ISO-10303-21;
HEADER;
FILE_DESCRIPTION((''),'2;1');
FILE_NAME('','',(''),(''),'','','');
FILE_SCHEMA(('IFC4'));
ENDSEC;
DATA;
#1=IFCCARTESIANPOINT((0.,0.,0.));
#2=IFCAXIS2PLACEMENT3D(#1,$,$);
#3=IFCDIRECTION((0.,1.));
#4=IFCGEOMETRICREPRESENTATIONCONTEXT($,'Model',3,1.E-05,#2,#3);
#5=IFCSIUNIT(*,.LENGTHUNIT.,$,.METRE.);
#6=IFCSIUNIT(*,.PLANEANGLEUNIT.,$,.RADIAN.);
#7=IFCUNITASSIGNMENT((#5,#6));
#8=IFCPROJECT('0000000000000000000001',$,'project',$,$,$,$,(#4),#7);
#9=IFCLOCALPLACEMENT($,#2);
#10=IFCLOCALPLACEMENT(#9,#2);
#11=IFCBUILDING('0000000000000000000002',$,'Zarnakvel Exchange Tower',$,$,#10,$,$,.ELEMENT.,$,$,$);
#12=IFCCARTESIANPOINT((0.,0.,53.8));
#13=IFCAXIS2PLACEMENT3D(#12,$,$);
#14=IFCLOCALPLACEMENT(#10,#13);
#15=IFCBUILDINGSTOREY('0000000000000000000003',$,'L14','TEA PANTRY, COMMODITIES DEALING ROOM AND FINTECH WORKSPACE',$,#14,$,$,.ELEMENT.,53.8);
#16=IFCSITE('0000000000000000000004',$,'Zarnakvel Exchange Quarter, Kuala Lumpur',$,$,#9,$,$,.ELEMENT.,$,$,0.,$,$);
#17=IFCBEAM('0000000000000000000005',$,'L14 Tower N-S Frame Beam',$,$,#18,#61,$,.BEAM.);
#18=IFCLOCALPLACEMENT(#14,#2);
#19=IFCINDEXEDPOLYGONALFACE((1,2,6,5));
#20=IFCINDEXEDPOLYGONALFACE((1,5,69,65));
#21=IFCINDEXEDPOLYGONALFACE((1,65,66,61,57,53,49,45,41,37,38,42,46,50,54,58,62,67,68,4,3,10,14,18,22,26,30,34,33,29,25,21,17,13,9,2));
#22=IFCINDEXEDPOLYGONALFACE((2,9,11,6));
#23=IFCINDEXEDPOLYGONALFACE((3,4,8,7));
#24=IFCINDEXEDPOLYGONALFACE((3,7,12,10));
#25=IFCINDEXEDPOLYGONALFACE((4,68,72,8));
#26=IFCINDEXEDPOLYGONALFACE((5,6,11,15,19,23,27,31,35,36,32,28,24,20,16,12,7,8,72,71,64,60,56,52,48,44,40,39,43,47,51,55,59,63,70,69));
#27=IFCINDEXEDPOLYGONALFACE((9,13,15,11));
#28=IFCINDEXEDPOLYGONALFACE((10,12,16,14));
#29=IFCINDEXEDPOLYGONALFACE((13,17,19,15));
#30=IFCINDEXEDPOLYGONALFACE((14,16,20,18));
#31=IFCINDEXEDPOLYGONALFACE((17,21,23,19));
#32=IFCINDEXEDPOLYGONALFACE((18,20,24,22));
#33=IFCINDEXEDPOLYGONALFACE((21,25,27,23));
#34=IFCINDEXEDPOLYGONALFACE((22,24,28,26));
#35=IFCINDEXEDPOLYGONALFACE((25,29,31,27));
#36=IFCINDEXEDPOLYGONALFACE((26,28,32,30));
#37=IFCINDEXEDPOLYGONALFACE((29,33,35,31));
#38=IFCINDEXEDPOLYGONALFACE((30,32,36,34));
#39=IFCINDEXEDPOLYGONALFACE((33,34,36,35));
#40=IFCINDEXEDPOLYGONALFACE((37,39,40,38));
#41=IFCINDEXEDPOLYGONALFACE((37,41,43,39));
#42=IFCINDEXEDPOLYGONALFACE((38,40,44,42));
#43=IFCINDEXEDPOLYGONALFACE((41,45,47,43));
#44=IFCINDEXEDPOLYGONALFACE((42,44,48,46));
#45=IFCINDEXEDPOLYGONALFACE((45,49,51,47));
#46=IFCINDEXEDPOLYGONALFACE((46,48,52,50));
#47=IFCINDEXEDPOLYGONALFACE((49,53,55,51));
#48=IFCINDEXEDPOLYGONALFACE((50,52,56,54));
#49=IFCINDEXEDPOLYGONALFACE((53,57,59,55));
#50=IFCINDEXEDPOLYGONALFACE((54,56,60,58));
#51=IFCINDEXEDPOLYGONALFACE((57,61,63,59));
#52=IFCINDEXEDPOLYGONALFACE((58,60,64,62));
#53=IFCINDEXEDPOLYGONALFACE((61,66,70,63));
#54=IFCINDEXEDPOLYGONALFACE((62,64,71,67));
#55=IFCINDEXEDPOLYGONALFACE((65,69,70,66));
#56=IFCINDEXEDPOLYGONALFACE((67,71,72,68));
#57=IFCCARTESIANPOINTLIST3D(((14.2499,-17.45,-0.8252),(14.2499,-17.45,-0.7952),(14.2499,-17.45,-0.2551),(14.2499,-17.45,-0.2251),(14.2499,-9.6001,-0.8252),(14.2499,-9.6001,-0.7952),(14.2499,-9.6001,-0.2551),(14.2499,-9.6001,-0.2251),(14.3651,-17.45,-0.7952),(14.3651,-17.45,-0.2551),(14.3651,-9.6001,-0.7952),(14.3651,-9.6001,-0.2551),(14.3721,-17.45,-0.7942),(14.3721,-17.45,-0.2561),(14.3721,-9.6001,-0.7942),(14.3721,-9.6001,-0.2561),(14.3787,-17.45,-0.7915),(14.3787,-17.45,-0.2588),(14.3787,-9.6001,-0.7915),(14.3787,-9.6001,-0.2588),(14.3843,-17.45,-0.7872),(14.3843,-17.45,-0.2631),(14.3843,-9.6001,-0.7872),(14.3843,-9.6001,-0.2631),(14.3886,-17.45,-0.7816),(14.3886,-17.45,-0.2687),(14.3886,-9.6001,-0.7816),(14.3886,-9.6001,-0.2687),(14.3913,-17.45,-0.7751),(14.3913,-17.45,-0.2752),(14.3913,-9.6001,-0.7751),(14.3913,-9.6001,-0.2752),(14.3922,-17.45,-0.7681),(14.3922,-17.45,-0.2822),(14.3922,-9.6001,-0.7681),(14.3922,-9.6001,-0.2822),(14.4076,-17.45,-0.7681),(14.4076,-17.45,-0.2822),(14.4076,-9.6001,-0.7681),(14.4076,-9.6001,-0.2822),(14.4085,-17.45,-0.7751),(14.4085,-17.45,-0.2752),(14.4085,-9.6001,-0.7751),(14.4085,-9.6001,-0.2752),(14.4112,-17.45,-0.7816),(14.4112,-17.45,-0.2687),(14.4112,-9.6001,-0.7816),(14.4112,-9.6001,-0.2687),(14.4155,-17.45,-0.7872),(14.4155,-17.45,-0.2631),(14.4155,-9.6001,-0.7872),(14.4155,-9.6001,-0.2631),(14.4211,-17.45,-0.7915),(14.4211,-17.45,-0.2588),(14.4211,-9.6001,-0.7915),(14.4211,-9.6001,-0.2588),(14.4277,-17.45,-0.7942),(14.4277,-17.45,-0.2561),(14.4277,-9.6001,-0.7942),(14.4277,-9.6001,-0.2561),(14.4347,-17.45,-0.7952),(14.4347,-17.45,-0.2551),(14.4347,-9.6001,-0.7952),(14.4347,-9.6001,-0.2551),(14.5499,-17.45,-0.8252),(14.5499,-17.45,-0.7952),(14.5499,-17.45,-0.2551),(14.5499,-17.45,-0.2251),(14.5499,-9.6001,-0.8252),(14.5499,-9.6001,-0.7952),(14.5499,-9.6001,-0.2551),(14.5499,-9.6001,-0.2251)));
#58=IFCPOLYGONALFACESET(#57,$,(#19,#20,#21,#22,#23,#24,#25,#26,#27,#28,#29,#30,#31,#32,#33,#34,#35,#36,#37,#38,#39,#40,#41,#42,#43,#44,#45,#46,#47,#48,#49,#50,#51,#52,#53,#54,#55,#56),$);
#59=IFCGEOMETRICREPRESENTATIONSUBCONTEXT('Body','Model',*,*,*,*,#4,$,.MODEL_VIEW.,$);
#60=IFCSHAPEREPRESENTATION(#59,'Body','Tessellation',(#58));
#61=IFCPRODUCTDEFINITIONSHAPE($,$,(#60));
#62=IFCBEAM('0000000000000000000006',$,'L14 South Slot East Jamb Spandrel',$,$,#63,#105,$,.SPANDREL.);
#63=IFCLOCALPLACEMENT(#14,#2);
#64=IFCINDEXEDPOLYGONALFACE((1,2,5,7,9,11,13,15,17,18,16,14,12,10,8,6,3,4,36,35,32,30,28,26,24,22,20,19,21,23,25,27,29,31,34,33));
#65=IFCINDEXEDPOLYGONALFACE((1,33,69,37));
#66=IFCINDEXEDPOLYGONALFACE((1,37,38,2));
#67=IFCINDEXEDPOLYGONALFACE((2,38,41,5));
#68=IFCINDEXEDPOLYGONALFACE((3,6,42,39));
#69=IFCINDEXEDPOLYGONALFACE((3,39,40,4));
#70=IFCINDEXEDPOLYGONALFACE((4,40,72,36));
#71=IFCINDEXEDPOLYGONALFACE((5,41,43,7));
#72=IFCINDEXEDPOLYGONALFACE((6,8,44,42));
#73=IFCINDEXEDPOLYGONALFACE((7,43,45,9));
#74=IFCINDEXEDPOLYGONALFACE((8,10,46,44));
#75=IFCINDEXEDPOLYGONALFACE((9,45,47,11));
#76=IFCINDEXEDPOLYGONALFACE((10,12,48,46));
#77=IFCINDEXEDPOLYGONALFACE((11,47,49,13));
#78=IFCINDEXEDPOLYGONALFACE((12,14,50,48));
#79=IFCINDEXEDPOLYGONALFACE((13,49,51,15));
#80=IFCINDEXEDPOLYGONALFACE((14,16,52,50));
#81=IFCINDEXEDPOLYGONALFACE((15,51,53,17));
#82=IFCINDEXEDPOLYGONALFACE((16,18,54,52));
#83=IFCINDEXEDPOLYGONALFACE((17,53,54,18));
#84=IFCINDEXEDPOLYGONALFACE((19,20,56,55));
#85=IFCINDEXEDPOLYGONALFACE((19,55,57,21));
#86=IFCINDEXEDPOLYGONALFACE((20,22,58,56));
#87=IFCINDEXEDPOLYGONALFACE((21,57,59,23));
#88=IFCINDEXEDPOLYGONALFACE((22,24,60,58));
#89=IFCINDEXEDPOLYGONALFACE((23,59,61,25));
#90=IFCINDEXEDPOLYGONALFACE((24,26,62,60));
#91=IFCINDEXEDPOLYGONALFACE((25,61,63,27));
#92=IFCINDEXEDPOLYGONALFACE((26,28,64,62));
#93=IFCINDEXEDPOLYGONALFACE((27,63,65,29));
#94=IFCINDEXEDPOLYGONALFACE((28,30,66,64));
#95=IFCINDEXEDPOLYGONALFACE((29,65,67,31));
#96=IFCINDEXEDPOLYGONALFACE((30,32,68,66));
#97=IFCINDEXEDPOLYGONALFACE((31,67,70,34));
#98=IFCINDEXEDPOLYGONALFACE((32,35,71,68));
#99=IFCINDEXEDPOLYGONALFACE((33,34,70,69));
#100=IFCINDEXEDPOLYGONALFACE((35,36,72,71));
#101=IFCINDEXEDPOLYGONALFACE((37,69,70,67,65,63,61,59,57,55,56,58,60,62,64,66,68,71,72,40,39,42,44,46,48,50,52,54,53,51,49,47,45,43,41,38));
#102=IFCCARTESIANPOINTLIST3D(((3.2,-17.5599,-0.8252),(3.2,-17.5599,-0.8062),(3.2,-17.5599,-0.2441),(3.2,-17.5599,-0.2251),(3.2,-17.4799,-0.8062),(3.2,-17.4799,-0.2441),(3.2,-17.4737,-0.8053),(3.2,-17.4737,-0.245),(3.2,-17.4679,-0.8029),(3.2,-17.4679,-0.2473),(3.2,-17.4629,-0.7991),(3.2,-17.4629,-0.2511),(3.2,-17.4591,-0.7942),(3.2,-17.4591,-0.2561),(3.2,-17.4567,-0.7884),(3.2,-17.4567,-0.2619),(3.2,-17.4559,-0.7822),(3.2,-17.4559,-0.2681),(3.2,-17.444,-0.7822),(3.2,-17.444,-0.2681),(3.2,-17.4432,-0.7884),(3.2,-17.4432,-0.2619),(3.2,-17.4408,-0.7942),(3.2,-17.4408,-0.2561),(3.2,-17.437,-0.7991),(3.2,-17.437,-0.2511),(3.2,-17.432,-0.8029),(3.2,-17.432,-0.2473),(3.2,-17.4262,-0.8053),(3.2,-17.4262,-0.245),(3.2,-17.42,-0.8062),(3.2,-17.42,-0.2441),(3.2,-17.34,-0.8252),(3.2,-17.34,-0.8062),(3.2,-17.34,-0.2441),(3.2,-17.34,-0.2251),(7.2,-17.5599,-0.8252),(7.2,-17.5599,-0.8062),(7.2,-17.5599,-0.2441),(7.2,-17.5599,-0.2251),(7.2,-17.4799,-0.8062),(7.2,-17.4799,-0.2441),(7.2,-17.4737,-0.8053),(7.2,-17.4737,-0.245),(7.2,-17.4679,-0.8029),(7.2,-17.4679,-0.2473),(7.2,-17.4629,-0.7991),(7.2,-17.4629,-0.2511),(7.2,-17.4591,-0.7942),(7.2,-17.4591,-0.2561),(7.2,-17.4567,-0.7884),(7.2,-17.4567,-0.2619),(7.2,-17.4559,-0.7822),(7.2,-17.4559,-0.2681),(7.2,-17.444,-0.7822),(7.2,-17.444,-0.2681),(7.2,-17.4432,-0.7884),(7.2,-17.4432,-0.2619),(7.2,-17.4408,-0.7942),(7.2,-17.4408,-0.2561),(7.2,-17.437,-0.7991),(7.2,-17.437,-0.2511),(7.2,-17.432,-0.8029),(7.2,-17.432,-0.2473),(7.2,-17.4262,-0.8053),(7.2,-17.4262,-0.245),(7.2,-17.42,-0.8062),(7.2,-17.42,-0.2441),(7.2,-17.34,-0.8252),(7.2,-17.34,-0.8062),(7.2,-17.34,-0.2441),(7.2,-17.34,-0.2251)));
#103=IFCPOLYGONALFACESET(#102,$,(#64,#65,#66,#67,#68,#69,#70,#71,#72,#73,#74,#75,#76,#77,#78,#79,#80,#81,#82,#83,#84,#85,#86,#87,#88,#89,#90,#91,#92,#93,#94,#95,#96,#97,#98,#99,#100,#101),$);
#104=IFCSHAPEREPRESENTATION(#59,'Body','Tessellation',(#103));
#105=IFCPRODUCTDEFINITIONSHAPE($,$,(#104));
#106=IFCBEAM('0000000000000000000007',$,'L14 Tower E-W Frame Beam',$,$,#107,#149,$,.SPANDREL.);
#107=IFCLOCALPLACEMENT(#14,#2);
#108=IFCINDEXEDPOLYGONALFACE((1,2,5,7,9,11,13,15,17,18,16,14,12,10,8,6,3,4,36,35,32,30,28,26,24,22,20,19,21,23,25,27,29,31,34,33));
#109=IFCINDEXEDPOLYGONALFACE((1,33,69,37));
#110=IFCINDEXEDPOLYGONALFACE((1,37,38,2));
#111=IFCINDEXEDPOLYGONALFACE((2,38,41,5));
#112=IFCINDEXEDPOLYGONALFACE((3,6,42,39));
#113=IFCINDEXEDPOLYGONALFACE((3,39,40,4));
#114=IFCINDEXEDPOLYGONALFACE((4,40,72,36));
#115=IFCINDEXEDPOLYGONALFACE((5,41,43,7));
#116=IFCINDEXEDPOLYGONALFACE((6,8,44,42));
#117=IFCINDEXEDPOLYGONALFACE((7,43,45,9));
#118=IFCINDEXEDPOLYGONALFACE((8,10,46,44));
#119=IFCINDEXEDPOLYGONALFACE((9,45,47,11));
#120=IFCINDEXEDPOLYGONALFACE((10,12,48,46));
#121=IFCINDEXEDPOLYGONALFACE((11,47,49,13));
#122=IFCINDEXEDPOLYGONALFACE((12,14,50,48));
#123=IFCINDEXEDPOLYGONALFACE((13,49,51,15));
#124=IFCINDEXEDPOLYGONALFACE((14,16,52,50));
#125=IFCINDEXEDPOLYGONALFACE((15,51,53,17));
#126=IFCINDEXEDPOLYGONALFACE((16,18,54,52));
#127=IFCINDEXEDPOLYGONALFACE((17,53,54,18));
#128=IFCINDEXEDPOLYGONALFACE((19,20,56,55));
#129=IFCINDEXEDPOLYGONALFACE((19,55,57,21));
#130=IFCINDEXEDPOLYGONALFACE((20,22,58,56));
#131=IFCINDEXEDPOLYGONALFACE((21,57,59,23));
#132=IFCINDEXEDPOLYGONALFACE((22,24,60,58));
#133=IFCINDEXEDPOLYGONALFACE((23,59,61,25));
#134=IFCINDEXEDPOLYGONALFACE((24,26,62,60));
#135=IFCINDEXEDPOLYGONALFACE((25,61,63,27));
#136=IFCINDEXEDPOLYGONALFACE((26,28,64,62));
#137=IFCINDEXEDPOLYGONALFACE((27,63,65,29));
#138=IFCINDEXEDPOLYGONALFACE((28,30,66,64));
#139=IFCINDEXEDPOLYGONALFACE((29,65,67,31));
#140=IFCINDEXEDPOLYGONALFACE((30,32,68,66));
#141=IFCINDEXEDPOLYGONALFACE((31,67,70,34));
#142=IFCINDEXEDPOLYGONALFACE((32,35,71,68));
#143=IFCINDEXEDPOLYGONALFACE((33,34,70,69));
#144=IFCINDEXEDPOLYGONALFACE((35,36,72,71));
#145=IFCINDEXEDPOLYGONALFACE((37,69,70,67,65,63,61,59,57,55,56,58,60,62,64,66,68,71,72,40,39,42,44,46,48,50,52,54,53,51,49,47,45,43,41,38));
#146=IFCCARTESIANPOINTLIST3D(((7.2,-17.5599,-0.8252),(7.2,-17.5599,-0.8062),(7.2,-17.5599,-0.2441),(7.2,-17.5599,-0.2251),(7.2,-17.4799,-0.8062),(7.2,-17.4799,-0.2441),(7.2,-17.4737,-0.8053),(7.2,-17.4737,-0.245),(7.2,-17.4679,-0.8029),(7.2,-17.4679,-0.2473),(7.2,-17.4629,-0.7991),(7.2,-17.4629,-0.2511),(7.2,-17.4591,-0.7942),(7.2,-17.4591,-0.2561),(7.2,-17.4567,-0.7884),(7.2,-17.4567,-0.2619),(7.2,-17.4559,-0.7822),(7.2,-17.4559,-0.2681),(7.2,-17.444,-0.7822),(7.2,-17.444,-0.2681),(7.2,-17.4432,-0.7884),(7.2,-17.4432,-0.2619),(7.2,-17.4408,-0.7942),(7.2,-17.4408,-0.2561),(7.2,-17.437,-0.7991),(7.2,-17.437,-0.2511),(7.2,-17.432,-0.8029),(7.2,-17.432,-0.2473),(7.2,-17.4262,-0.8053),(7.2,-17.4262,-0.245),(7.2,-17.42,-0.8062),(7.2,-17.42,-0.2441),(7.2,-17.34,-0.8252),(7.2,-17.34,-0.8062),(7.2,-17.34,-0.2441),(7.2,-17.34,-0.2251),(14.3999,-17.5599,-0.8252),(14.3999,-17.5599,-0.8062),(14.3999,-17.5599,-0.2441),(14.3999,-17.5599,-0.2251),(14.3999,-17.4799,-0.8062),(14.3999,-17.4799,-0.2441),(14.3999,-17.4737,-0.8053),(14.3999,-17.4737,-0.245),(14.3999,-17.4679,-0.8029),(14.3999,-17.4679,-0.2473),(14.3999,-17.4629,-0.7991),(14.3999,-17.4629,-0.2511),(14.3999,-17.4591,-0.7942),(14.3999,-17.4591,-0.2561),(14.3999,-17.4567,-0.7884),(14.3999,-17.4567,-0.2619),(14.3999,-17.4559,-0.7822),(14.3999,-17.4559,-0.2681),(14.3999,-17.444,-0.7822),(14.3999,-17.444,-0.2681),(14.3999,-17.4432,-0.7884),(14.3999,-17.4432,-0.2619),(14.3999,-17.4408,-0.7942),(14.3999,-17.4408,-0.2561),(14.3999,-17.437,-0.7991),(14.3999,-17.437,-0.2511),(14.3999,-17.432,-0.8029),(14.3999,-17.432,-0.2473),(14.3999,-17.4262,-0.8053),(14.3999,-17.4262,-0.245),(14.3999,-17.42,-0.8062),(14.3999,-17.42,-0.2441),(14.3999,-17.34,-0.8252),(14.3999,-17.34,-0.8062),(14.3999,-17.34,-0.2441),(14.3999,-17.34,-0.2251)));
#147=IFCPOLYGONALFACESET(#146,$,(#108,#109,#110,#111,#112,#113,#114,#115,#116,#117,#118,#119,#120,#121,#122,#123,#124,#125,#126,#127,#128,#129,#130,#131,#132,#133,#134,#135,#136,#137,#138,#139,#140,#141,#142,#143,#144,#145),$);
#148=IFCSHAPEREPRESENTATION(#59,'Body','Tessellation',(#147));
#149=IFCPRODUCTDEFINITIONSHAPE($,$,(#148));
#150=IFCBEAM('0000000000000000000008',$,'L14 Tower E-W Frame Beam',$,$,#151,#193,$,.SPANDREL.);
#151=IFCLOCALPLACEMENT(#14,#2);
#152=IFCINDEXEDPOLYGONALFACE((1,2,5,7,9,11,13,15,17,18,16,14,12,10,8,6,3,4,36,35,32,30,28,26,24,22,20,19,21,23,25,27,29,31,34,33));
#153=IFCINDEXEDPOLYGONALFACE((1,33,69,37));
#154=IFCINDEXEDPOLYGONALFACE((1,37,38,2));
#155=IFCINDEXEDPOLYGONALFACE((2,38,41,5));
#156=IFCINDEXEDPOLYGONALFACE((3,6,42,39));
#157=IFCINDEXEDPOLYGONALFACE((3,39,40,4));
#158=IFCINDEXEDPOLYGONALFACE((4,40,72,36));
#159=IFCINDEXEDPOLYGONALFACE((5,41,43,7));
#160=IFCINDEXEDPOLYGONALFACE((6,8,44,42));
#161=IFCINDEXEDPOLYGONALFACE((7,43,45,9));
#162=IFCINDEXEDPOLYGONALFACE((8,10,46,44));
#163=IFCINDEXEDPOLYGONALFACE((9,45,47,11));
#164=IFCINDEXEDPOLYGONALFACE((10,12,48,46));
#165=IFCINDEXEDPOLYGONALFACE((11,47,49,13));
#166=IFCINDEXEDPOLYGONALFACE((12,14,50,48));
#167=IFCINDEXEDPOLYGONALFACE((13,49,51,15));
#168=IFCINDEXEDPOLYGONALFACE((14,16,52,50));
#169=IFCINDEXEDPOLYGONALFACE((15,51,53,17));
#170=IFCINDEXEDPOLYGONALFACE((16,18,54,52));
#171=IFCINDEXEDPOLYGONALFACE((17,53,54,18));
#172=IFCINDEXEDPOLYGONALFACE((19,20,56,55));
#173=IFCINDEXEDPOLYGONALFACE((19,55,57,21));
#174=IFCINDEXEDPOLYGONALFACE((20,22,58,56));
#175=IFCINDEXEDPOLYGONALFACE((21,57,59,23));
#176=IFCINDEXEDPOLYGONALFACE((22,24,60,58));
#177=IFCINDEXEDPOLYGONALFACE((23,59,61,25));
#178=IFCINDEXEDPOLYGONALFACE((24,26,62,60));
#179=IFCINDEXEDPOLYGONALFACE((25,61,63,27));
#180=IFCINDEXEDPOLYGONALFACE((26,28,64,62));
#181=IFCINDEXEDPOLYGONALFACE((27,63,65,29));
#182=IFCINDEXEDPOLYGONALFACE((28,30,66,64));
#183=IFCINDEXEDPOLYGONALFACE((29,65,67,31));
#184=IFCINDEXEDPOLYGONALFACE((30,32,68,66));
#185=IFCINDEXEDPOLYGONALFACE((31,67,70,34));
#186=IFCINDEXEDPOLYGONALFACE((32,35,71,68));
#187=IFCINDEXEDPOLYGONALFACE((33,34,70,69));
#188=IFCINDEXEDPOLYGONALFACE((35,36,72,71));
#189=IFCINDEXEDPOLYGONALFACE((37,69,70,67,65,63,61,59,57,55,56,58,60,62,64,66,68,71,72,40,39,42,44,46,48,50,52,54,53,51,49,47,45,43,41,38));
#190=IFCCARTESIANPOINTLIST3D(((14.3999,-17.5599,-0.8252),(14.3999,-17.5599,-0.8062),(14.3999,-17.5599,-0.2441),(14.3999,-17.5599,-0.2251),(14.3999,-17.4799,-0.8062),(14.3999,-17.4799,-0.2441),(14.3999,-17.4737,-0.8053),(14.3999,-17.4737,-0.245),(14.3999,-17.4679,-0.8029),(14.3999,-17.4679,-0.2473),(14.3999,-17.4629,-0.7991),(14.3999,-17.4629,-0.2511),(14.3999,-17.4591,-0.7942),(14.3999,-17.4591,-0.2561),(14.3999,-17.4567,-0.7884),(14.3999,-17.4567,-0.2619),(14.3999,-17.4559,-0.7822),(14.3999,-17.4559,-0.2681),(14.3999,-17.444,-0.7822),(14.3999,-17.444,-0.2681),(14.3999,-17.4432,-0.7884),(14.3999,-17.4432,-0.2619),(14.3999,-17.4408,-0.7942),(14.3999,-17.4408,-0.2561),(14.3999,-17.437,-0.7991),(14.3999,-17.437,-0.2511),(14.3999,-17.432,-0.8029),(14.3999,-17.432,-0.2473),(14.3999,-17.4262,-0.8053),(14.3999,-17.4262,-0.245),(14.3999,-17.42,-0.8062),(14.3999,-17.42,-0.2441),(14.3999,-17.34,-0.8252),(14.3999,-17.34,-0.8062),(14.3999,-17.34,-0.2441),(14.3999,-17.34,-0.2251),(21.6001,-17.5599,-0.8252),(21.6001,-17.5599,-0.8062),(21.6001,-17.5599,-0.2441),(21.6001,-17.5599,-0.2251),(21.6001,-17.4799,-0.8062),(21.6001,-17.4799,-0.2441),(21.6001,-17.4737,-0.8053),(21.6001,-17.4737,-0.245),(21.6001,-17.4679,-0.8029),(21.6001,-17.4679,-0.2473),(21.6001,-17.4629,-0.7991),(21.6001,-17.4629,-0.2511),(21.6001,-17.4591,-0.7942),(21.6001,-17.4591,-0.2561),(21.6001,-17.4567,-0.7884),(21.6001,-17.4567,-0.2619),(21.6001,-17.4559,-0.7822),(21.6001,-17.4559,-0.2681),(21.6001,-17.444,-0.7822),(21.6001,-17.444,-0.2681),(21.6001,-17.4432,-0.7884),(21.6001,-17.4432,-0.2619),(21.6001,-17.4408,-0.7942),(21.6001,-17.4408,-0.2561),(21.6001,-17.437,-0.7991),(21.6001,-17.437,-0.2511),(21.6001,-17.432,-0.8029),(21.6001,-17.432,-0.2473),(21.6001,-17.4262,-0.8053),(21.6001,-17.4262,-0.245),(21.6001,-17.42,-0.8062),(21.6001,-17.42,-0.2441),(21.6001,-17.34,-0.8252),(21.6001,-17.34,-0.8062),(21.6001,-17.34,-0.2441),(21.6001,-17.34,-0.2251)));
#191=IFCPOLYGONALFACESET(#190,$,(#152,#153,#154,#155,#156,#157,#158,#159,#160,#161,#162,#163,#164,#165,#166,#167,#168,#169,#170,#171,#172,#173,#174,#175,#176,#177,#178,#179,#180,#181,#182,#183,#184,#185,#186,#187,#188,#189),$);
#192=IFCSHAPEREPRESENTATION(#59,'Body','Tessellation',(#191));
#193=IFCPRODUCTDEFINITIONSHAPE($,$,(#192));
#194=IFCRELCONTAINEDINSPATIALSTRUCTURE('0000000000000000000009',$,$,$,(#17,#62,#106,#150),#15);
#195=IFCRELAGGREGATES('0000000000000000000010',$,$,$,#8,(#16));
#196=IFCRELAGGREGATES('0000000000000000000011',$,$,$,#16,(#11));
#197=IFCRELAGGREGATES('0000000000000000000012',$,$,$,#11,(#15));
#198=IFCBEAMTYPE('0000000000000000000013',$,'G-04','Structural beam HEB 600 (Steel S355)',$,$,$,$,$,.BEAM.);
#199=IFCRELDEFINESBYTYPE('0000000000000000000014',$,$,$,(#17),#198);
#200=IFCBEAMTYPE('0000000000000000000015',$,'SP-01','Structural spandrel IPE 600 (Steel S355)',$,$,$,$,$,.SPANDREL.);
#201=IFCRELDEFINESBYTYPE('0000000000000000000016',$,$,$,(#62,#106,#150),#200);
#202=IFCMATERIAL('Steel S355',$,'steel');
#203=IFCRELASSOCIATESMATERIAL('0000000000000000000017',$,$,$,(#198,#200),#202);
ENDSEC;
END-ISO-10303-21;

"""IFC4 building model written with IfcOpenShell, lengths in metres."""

from ifc_helpers import new_model, si_unit, direction, frame, origin, origin_2d, place, context, subcontext, project, spatial, i_section, extrude, material, material_profile, profile_set, type_object, element, save


model = new_model("IFC4")

# Units and contexts
model_context = context("Model", 3, precision=1e-05, world=origin(), true_north=direction((0.0, 1.0)))
body_context = subcontext(model_context, "Body", "Model", "MODEL_VIEW")
ifc_project = project(units=[si_unit("LENGTHUNIT", "METRE"), si_unit("PLANEANGLEUNIT", "RADIAN")], contexts=[model_context])

# Site, building, storey
site_placement = place(None, origin())
site = spatial("IfcSite", under=ifc_project, at=site_placement, Name="Zarnakvel Exchange Quarter, Kuala Lumpur", CompositionType="ELEMENT", RefElevation=0.0)
building_placement = place(site_placement, origin())
building = spatial("IfcBuilding", under=site, at=building_placement, Name="Zarnakvel Exchange Tower", CompositionType="ELEMENT")
storey_placement = place(building_placement, frame((0.0, 0.0, 53.8)))
storey = spatial("IfcBuildingStorey", under=building, at=storey_placement, Name="L14", Description="TEA PANTRY, COMMODITIES DEALING ROOM AND FINTECH WORKSPACE", CompositionType="ELEMENT", Elevation=53.8)

# Beams
ifc_material_1 = material(Name="Steel S355", Category="steel")
ifc_material_profile_1 = material_profile(ifc_material_1, i_section(OverallWidth=0.3, OverallDepth=0.6001, WebThickness=0.0154, FlangeThickness=0.03, FilletRadius=0.0271, at=origin_2d()))
ifc_profile_set_1 = profile_set([ifc_material_profile_1], Name="Steel S355")
beam_type_1 = type_object("IfcBeamType", Name="G-04", Description="Structural beam HEB 600 (Steel S355)", PredefinedType="BEAM", material=ifc_profile_set_1)
for number, where, z_axis, x_axis, name in (
    (1, (14.3999, -17.45, -0.5251), (0.0, 1.0, 0.0), (-1.0, 0.0, 0.0), "L14 Tower N-S Frame Beam"),
):
    element("IfcBeam", number, at=place(storey_placement, frame(where, z_axis=z_axis, x_axis=x_axis)), inside=storey, type_object=beam_type_1, Name=name, PredefinedType="BEAM", context=body_context, shape_type="SweptSolid", body=[
        extrude(i_section(OverallWidth=0.3, OverallDepth=0.6001, WebThickness=0.0154, FlangeThickness=0.03, FilletRadius=0.0271, at=origin_2d()), origin(), (0.0, 0.0, 1.0), 7.8499),
    ])
ifc_material_profile_2 = material_profile(ifc_material_1, i_section(OverallWidth=0.22, OverallDepth=0.6001, WebThickness=0.012, FlangeThickness=0.019, FilletRadius=0.0239, at=origin_2d()))
ifc_profile_set_2 = profile_set([ifc_material_profile_2], Name="Steel S355")
beam_type_2 = type_object("IfcBeamType", Name="SP-01", Description="Structural spandrel IPE 600 (Steel S355)", PredefinedType="SPANDREL", material=ifc_profile_set_2)
beam_1_placement = place(storey_placement, frame((3.2, -17.45, -0.5251), z_axis=(1.0, 0.0, 0.0), x_axis=(0.0, 1.0, 0.0)))
element("IfcBeam", 2, at=beam_1_placement, inside=storey, type_object=beam_type_2, Name="L14 South Slot East Jamb Spandrel", PredefinedType="SPANDREL", context=body_context, shape_type="SweptSolid", body=[
    extrude(i_section(OverallWidth=0.22, OverallDepth=0.6001, WebThickness=0.012, FlangeThickness=0.019, FilletRadius=0.0239, at=origin_2d()), origin(), (0.0, 0.0, 1.0), 4.0),
])
beam_2_placement = place(storey_placement, frame((7.2, -17.45, -0.5251), z_axis=(1.0, 0.0, 0.0), x_axis=(0.0, 1.0, 0.0)))
element("IfcBeam", 3, at=beam_2_placement, inside=storey, type_object=beam_type_2, Name="L14 Tower E-W Frame Beam", PredefinedType="SPANDREL", context=body_context, shape_type="SweptSolid", body=[
    extrude(i_section(OverallWidth=0.22, OverallDepth=0.6001, WebThickness=0.012, FlangeThickness=0.019, FilletRadius=0.0239, at=origin_2d()), origin(), (0.0, 0.0, 1.0), 7.2),
])
beam_3_placement = place(storey_placement, frame((14.3999, -17.45, -0.5251), z_axis=(1.0, 0.0, 0.0), x_axis=(0.0, 1.0, 0.0)))
element("IfcBeam", 4, at=beam_3_placement, inside=storey, type_object=beam_type_2, Name="L14 Tower E-W Frame Beam", PredefinedType="SPANDREL", context=body_context, shape_type="SweptSolid", body=[
    extrude(i_section(OverallWidth=0.22, OverallDepth=0.6001, WebThickness=0.012, FlangeThickness=0.019, FilletRadius=0.0239, at=origin_2d()), origin(), (0.0, 0.0, 1.0), 7.2002),
])

save(model, "model.ifc")
